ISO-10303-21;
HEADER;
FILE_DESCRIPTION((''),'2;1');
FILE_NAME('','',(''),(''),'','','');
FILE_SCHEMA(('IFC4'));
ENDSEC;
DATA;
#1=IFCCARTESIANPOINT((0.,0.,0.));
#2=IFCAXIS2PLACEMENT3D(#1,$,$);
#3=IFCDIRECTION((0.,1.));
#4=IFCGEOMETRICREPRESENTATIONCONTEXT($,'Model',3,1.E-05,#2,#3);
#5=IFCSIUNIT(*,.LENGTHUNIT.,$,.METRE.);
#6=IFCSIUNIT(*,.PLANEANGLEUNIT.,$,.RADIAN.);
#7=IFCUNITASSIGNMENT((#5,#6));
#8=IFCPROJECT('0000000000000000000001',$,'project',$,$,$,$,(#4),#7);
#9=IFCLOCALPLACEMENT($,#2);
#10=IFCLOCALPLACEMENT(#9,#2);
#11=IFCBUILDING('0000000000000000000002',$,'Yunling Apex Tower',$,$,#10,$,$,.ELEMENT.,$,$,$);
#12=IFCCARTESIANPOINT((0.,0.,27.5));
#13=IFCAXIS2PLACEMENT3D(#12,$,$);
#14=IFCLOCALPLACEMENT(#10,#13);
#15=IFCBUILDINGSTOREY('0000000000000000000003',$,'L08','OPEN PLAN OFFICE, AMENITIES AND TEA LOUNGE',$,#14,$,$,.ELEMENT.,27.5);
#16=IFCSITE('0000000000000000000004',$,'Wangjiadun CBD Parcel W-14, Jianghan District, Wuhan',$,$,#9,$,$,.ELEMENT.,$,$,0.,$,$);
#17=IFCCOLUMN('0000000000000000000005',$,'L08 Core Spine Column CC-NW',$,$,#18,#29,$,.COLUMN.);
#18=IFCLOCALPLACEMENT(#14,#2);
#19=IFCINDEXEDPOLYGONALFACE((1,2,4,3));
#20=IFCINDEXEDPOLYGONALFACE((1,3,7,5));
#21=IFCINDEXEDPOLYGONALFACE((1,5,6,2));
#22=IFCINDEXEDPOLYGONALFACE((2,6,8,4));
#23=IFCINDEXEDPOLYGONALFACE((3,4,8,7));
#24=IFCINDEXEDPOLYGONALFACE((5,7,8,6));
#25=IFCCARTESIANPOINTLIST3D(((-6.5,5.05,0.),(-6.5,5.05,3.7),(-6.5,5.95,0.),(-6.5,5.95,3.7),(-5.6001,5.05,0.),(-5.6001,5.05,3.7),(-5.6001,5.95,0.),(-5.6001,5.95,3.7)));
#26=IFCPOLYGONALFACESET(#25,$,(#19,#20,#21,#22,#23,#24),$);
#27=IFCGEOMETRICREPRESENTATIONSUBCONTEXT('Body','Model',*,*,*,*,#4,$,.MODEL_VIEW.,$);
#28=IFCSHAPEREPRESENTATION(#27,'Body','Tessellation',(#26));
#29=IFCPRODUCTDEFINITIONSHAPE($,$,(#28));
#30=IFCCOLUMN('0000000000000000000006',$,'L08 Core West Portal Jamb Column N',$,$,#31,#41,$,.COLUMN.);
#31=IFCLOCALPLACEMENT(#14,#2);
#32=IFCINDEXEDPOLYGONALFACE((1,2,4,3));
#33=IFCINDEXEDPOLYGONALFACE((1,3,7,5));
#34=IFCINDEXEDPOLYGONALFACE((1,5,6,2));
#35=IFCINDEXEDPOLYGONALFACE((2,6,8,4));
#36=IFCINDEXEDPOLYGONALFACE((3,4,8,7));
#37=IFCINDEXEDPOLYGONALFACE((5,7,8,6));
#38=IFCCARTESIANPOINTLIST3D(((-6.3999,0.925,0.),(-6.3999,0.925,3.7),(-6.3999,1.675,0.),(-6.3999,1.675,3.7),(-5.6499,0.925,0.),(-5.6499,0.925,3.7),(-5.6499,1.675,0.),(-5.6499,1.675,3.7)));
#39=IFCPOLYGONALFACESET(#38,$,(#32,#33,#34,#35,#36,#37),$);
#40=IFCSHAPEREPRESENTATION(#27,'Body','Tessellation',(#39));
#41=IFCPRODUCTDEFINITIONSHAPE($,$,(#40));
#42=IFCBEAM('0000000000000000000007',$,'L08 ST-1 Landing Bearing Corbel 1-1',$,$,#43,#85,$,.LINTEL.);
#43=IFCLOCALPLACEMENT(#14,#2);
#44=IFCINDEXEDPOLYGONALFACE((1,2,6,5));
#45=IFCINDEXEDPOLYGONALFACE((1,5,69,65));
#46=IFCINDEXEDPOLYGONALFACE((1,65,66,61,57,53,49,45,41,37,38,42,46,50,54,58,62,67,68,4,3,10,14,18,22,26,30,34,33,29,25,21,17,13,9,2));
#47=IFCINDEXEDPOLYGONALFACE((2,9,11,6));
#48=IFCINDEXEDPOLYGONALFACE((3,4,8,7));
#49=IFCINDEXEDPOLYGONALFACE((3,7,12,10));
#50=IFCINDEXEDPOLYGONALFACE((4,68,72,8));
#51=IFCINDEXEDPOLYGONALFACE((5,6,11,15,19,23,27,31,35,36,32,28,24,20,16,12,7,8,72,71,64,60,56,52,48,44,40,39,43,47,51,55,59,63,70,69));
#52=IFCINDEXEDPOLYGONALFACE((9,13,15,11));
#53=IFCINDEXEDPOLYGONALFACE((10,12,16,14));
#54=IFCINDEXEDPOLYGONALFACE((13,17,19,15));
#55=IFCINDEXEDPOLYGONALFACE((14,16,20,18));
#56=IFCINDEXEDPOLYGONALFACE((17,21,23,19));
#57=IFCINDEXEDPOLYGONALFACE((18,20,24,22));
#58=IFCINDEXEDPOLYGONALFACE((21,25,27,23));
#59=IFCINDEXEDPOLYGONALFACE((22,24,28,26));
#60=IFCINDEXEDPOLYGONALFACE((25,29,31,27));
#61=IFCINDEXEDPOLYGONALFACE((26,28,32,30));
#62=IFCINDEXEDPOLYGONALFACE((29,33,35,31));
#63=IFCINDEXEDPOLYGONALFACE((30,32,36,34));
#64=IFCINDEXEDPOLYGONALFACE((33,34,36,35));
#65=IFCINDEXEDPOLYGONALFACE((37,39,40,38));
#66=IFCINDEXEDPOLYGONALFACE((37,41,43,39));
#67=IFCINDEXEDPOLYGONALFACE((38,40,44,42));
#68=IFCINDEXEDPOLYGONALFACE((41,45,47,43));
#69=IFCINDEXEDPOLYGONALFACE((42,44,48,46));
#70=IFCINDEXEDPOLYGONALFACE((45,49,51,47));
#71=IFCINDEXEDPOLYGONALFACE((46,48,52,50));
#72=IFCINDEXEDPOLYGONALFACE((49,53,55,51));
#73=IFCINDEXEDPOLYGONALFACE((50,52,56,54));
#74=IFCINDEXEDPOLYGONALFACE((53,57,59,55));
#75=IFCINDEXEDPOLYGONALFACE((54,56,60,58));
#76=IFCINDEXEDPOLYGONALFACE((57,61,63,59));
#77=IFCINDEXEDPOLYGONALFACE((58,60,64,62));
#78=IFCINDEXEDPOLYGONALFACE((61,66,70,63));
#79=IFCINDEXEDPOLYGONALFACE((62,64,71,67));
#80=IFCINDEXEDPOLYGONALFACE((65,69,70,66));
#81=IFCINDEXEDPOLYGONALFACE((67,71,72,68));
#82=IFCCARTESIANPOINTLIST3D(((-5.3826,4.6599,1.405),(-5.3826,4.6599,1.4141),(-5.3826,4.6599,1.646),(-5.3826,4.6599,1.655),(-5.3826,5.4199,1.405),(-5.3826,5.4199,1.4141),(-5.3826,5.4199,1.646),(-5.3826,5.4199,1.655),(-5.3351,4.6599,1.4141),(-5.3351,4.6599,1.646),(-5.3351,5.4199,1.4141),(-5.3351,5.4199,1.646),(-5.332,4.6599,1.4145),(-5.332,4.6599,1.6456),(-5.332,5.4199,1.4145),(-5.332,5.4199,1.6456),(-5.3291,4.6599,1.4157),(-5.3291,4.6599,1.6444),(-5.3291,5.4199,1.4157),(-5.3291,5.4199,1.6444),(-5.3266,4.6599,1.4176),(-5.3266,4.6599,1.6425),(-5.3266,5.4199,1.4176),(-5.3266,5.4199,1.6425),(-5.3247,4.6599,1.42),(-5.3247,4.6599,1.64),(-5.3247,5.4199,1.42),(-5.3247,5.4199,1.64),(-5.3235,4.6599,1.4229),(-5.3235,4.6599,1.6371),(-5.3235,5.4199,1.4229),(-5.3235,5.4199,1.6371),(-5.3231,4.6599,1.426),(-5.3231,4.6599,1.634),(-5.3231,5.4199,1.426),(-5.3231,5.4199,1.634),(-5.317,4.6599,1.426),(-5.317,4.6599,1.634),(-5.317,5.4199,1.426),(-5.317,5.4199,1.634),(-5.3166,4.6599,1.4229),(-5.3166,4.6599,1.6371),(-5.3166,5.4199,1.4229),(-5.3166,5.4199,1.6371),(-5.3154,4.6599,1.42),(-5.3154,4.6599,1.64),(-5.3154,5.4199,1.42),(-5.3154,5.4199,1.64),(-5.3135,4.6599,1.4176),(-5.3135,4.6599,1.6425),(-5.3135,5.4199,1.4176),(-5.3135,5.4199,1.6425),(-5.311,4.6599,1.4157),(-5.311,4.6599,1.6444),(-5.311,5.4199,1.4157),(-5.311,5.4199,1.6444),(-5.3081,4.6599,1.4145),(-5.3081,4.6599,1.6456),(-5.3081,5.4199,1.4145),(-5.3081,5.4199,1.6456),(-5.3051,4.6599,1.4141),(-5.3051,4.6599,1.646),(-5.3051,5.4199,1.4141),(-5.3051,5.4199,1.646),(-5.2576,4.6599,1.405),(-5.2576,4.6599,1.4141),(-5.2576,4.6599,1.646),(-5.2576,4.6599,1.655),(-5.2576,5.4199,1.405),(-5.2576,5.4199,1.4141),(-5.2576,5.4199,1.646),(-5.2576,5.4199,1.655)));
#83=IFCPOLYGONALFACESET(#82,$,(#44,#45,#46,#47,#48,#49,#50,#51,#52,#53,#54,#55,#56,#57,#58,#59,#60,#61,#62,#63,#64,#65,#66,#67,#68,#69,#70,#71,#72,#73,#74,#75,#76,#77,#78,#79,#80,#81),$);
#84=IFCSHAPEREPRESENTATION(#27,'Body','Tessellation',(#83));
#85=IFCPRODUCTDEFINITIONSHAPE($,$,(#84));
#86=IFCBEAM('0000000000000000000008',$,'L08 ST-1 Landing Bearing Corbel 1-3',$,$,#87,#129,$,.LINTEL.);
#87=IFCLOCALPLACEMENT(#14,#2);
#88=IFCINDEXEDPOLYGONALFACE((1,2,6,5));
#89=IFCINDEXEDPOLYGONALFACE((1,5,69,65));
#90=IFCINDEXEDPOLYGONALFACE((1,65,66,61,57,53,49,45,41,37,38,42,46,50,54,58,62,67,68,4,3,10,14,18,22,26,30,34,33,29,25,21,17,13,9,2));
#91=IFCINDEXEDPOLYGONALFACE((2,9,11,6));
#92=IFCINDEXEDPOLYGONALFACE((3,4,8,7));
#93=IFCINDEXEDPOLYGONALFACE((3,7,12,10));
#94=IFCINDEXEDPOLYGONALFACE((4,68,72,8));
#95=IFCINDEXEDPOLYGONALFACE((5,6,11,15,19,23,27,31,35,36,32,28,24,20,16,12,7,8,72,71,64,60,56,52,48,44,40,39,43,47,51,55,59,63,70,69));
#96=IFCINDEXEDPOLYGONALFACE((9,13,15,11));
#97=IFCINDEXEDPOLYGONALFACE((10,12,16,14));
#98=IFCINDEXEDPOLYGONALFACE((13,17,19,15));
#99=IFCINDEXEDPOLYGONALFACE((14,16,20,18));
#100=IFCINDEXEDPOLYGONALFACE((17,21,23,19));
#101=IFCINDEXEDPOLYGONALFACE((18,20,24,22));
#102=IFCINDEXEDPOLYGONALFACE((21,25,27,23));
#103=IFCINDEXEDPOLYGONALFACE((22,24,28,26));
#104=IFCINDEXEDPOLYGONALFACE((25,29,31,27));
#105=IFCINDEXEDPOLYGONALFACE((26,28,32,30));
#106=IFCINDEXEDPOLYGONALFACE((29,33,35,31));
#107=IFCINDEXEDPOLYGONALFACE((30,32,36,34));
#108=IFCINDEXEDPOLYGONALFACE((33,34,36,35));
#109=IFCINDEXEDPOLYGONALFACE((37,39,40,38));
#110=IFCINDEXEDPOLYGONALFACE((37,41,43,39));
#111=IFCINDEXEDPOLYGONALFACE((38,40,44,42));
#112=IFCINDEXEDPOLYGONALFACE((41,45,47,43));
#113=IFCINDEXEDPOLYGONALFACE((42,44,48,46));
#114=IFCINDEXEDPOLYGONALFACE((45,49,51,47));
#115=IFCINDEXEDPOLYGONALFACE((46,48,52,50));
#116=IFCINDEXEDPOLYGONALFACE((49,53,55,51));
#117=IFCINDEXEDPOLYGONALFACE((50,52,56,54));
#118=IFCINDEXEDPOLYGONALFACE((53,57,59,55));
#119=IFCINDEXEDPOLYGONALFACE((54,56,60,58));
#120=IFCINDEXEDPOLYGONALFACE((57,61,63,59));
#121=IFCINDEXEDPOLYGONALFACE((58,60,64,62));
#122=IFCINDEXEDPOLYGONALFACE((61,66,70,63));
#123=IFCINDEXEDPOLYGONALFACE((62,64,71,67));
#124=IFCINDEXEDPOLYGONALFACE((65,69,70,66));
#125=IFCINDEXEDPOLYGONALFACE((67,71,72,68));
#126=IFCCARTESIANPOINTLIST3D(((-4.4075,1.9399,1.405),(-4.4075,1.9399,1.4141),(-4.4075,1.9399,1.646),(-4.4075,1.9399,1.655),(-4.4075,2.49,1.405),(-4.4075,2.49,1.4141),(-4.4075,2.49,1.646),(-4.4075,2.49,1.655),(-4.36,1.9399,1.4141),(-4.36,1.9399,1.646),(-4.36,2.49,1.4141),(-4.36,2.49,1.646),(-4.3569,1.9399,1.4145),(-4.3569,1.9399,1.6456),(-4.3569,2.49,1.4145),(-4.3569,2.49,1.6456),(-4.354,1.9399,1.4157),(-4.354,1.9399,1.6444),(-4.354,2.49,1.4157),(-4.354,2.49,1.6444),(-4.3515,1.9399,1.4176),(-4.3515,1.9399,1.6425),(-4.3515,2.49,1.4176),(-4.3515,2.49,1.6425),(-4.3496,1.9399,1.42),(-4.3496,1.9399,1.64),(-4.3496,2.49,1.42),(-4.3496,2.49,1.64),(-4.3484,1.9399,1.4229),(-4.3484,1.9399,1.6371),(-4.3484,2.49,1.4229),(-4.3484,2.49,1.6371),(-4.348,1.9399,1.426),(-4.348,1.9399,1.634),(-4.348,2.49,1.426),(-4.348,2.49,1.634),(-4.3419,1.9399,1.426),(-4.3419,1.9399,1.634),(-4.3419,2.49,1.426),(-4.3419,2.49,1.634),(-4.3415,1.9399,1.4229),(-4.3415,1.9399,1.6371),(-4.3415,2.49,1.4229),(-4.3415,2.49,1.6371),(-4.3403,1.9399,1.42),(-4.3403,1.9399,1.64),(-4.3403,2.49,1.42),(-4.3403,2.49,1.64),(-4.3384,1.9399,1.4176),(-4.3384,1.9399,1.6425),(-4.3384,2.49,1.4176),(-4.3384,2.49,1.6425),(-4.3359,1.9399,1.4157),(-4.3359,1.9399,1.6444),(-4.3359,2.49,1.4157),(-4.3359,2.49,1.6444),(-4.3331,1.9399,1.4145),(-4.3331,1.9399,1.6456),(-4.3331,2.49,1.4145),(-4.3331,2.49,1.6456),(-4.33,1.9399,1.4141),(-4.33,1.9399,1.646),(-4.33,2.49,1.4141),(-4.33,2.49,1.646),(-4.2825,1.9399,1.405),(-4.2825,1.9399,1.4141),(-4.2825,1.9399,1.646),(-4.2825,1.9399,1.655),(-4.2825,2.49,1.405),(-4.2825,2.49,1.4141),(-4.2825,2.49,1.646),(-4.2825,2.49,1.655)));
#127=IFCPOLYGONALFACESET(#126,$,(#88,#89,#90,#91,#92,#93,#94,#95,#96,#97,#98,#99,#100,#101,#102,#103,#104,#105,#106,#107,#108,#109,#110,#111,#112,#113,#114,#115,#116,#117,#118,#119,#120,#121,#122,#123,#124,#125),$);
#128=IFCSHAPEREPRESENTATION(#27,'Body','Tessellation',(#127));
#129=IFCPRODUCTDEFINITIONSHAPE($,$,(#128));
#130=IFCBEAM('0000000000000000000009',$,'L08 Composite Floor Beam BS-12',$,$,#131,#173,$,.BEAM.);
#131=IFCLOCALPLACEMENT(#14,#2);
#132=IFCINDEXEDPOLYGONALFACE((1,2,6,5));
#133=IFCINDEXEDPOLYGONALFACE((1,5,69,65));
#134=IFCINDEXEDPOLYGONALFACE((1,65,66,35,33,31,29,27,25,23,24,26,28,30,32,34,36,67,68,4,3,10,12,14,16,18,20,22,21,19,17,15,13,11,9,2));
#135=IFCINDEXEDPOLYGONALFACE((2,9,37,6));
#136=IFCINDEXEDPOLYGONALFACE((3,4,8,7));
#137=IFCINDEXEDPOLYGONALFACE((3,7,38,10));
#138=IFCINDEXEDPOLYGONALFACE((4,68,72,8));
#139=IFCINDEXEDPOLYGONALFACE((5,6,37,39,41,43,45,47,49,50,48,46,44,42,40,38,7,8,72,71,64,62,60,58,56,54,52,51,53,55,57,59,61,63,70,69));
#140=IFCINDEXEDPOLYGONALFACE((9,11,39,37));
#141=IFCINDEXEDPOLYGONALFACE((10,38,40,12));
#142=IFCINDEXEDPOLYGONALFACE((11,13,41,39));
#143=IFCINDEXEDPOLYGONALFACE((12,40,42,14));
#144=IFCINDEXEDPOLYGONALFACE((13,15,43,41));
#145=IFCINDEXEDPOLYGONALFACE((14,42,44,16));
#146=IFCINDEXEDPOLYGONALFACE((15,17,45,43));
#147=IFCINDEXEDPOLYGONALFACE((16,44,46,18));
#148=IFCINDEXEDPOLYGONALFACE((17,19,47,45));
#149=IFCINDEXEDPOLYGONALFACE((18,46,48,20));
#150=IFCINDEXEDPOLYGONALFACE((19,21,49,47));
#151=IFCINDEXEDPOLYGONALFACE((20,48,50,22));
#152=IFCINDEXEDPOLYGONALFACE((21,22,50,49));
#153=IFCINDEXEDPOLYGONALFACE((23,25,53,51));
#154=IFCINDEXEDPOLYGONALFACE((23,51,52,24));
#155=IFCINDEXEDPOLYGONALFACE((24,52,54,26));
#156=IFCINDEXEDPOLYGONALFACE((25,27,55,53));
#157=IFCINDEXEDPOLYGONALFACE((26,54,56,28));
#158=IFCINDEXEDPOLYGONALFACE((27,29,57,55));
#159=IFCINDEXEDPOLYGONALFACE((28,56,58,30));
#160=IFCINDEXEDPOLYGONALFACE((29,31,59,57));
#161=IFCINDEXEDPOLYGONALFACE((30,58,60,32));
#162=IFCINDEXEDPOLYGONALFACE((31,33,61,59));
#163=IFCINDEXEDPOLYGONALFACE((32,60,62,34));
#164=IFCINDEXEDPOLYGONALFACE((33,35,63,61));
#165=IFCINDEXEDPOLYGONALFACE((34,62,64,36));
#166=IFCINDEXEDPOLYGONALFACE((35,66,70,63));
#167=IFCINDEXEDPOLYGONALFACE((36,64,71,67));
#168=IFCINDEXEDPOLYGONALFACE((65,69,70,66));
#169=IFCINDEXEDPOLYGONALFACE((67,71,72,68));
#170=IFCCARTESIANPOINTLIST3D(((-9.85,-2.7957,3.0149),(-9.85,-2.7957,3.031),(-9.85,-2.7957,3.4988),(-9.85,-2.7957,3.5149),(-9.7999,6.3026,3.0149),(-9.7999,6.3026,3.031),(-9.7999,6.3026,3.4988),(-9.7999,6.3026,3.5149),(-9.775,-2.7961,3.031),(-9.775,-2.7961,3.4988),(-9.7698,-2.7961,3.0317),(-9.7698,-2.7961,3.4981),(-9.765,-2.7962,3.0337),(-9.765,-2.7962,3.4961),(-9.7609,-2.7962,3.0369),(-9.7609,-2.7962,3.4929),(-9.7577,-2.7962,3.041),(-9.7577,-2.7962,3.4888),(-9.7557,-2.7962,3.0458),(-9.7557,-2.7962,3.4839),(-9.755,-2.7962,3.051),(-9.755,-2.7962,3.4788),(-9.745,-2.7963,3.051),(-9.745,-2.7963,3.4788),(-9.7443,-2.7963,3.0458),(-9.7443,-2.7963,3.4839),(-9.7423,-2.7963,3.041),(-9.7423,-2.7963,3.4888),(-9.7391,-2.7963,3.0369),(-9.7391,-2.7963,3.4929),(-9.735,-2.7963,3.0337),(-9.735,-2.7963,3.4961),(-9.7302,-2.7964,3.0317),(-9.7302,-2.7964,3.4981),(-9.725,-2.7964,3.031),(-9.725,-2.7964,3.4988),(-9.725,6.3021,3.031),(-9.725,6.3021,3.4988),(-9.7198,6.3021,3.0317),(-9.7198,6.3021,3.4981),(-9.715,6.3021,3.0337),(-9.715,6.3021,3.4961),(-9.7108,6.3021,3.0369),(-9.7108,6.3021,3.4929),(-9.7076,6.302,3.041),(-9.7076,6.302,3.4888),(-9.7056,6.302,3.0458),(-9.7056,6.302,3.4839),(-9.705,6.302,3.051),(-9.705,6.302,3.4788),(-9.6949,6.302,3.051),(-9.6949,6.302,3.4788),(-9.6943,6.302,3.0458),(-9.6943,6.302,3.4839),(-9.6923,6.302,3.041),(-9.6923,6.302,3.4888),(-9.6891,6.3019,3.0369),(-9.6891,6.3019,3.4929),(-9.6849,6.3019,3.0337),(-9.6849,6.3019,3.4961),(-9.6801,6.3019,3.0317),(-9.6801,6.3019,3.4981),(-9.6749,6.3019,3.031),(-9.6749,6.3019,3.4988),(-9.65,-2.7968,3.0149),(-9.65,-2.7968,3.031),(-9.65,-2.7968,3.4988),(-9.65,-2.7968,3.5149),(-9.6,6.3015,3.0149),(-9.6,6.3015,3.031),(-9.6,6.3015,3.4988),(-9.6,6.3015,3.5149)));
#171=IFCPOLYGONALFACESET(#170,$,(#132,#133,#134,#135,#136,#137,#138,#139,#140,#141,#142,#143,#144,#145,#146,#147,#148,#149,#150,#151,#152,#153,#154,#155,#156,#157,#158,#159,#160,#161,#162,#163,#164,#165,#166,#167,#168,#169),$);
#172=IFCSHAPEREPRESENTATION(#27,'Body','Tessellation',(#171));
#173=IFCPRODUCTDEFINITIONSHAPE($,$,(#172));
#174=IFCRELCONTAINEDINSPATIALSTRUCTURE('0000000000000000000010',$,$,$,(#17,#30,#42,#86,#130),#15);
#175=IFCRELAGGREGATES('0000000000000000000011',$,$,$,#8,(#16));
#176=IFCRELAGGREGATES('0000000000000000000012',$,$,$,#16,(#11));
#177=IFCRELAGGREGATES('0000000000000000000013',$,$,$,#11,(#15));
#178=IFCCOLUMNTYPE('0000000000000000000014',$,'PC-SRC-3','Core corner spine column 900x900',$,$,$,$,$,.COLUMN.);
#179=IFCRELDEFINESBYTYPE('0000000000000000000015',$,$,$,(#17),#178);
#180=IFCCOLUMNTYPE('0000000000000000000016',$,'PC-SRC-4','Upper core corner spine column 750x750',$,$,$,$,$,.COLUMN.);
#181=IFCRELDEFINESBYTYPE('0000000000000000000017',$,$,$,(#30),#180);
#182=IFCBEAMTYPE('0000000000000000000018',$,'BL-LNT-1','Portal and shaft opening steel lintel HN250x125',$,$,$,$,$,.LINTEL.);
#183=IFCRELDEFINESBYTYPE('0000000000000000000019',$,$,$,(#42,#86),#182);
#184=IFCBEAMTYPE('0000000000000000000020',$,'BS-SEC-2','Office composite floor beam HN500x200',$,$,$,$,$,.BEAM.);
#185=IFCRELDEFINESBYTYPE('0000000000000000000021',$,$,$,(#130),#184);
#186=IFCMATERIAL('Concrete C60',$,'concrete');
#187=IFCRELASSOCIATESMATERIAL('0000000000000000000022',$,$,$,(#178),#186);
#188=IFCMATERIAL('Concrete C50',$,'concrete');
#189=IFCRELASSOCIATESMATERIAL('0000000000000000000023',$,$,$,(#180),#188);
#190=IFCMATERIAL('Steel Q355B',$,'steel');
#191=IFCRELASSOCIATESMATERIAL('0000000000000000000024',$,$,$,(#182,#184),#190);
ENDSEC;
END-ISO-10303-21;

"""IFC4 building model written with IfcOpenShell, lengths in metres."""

from ifc_helpers import new_model, si_unit, direction, frame, origin, origin_2d, place, context, subcontext, project, spatial, rectangle, i_section, extrude, source, transform, mapped, material, material_profile, profile_set, type_object, element, save


model = new_model("IFC4")

# Units and contexts
model_context = context("Model", 3, precision=1e-05, world=origin(), true_north=direction((0.0, 1.0)))
body_context = subcontext(model_context, "Body", "Model", "MODEL_VIEW")
ifc_project = project(units=[si_unit("LENGTHUNIT", "METRE"), si_unit("PLANEANGLEUNIT", "RADIAN")], contexts=[model_context])

# Site, building, storey
site_placement = place(None, origin())
site = spatial("IfcSite", under=ifc_project, at=site_placement, Name="Wangjiadun CBD Parcel W-14, Jianghan District, Wuhan", CompositionType="ELEMENT", RefElevation=0.0)
building_placement = place(site_placement, origin())
building = spatial("IfcBuilding", under=site, at=building_placement, Name="Yunling Apex Tower", CompositionType="ELEMENT")
storey_placement = place(building_placement, frame((0.0, 0.0, 27.5)))
storey = spatial("IfcBuildingStorey", under=building, at=storey_placement, Name="L08", Description="OPEN PLAN OFFICE, AMENITIES AND TEA LOUNGE", CompositionType="ELEMENT", Elevation=27.5)

# Columns
ifc_material_1 = material(Name="Concrete C60", Category="concrete")
ifc_material_profile_1 = material_profile(ifc_material_1, rectangle(XDim=0.8999, YDim=0.8999, at=origin_2d()))
ifc_profile_set_1 = profile_set([ifc_material_profile_1], Name="Concrete C60")
column_type_1 = type_object("IfcColumnType", Name="PC-SRC-3", Description="Core corner spine column 900x900", PredefinedType="COLUMN", material=ifc_profile_set_1)
shared_shape_1 = source(origin(), body_context, "Body", "SweptSolid", [
    extrude(rectangle(XDim=0.8999, YDim=0.8999, at=origin_2d()), origin(), (0.0, 0.0, 1.0), 3.7),
])
column_1_placement = place(storey_placement, frame((-6.05, 5.5, 0.0), z_axis=(0.0, 0.0, 1.0), x_axis=(1.0, 0.0, 0.0)))
element("IfcColumn", 1, at=column_1_placement, inside=storey, type_object=column_type_1, Name="L08 Core Spine Column CC-NW", PredefinedType="COLUMN", context=body_context, shape_type="MappedRepresentation", body=[
    mapped(shared_shape_1, transform((0.0, 0.0, 0.0), scale=1.0)),
])
ifc_material_2 = material(Name="Concrete C50", Category="concrete")
ifc_material_profile_2 = material_profile(ifc_material_2, rectangle(XDim=0.75, YDim=0.75, at=origin_2d()))
ifc_profile_set_2 = profile_set([ifc_material_profile_2], Name="Concrete C50")
column_type_2 = type_object("IfcColumnType", Name="PC-SRC-4", Description="Upper core corner spine column 750x750", PredefinedType="COLUMN", material=ifc_profile_set_2)
shared_shape_2 = source(origin(), body_context, "Body", "SweptSolid", [
    extrude(rectangle(XDim=0.75, YDim=0.75, at=origin_2d()), origin(), (0.0, 0.0, 1.0), 3.7),
])
column_2_placement = place(storey_placement, frame((-6.0249, 1.3, 0.0), z_axis=(0.0, 0.0, 1.0), x_axis=(1.0, 0.0, 0.0)))
element("IfcColumn", 2, at=column_2_placement, inside=storey, type_object=column_type_2, Name="L08 Core West Portal Jamb Column N", PredefinedType="COLUMN", context=body_context, shape_type="MappedRepresentation", body=[
    mapped(shared_shape_2, transform((0.0, 0.0, 0.0), scale=1.0)),
])

# Beams
ifc_material_3 = material(Name="Steel Q355B", Category="steel")
ifc_material_profile_3 = material_profile(ifc_material_3, i_section(OverallWidth=0.125, OverallDepth=0.25, WebThickness=0.0061, FlangeThickness=0.009, FilletRadius=0.012, at=origin_2d()))
ifc_profile_set_3 = profile_set([ifc_material_profile_3], Name="Steel Q355B")
beam_type_1 = type_object("IfcBeamType", Name="BL-LNT-1", Description="Portal and shaft opening steel lintel HN250x125", PredefinedType="LINTEL", material=ifc_profile_set_3)
shared_shape_3 = source(origin(), body_context, "Body", "SweptSolid", [
    extrude(i_section(OverallWidth=0.125, OverallDepth=0.25, WebThickness=0.0061, FlangeThickness=0.009, FilletRadius=0.012, at=origin_2d()), origin(), (0.0, 0.0, 1.0), 0.76),
])
beam_1_placement = place(storey_placement, frame((-5.3201, 5.4199, 1.53), z_axis=(0.0, -1.0, 0.0), x_axis=(1.0, 0.0, 0.0)))
element("IfcBeam", 3, at=beam_1_placement, inside=storey, type_object=beam_type_1, Name="L08 ST-1 Landing Bearing Corbel 1-1", PredefinedType="LINTEL", context=body_context, shape_type="MappedRepresentation", body=[
    mapped(shared_shape_3, transform((0.0, 0.0, 0.0), scale=1.0)),
])
shared_shape_4 = source(origin(), body_context, "Body", "SweptSolid", [
    extrude(i_section(OverallWidth=0.125, OverallDepth=0.25, WebThickness=0.0061, FlangeThickness=0.009, FilletRadius=0.012, at=origin_2d()), origin(), (0.0, 0.0, 1.0), 0.55),
])
beam_2_placement = place(storey_placement, frame((-4.345, 1.9399, 1.53), z_axis=(0.0, 1.0, 0.0), x_axis=(-1.0, 0.0, 0.0)))
element("IfcBeam", 4, at=beam_2_placement, inside=storey, type_object=beam_type_1, Name="L08 ST-1 Landing Bearing Corbel 1-3", PredefinedType="LINTEL", context=body_context, shape_type="MappedRepresentation", body=[
    mapped(shared_shape_4, transform((0.0, 0.0, 0.0), scale=1.0)),
])
ifc_material_profile_4 = material_profile(ifc_material_3, i_section(OverallWidth=0.2, OverallDepth=0.5, WebThickness=0.01, FlangeThickness=0.0161, FilletRadius=0.02, at=origin_2d()))
ifc_profile_set_4 = profile_set([ifc_material_profile_4], Name="Steel Q355B")
beam_type_2 = type_object("IfcBeamType", Name="BS-SEC-2", Description="Office composite floor beam HN500x200", PredefinedType="BEAM", material=ifc_profile_set_4)
shared_shape_5 = source(origin(), body_context, "Body", "SweptSolid", [
    extrude(i_section(OverallWidth=0.2, OverallDepth=0.5, WebThickness=0.01, FlangeThickness=0.0161, FilletRadius=0.02, at=origin_2d()), origin(), (0.0, 0.0, 1.0), 9.0984),
])
beam_3_placement = place(storey_placement, frame((-9.7, 6.302, 3.2649), z_axis=(-0.005501, -0.999985, 0.0), x_axis=(0.999985, -0.005501, 0.0)))
element("IfcBeam", 5, at=beam_3_placement, inside=storey, type_object=beam_type_2, Name="L08 Composite Floor Beam BS-12", PredefinedType="BEAM", context=body_context, shape_type="MappedRepresentation", body=[
    mapped(shared_shape_5, transform((0.0, 0.0, 0.0), scale=1.0)),
])

save(model, "model.ifc")
